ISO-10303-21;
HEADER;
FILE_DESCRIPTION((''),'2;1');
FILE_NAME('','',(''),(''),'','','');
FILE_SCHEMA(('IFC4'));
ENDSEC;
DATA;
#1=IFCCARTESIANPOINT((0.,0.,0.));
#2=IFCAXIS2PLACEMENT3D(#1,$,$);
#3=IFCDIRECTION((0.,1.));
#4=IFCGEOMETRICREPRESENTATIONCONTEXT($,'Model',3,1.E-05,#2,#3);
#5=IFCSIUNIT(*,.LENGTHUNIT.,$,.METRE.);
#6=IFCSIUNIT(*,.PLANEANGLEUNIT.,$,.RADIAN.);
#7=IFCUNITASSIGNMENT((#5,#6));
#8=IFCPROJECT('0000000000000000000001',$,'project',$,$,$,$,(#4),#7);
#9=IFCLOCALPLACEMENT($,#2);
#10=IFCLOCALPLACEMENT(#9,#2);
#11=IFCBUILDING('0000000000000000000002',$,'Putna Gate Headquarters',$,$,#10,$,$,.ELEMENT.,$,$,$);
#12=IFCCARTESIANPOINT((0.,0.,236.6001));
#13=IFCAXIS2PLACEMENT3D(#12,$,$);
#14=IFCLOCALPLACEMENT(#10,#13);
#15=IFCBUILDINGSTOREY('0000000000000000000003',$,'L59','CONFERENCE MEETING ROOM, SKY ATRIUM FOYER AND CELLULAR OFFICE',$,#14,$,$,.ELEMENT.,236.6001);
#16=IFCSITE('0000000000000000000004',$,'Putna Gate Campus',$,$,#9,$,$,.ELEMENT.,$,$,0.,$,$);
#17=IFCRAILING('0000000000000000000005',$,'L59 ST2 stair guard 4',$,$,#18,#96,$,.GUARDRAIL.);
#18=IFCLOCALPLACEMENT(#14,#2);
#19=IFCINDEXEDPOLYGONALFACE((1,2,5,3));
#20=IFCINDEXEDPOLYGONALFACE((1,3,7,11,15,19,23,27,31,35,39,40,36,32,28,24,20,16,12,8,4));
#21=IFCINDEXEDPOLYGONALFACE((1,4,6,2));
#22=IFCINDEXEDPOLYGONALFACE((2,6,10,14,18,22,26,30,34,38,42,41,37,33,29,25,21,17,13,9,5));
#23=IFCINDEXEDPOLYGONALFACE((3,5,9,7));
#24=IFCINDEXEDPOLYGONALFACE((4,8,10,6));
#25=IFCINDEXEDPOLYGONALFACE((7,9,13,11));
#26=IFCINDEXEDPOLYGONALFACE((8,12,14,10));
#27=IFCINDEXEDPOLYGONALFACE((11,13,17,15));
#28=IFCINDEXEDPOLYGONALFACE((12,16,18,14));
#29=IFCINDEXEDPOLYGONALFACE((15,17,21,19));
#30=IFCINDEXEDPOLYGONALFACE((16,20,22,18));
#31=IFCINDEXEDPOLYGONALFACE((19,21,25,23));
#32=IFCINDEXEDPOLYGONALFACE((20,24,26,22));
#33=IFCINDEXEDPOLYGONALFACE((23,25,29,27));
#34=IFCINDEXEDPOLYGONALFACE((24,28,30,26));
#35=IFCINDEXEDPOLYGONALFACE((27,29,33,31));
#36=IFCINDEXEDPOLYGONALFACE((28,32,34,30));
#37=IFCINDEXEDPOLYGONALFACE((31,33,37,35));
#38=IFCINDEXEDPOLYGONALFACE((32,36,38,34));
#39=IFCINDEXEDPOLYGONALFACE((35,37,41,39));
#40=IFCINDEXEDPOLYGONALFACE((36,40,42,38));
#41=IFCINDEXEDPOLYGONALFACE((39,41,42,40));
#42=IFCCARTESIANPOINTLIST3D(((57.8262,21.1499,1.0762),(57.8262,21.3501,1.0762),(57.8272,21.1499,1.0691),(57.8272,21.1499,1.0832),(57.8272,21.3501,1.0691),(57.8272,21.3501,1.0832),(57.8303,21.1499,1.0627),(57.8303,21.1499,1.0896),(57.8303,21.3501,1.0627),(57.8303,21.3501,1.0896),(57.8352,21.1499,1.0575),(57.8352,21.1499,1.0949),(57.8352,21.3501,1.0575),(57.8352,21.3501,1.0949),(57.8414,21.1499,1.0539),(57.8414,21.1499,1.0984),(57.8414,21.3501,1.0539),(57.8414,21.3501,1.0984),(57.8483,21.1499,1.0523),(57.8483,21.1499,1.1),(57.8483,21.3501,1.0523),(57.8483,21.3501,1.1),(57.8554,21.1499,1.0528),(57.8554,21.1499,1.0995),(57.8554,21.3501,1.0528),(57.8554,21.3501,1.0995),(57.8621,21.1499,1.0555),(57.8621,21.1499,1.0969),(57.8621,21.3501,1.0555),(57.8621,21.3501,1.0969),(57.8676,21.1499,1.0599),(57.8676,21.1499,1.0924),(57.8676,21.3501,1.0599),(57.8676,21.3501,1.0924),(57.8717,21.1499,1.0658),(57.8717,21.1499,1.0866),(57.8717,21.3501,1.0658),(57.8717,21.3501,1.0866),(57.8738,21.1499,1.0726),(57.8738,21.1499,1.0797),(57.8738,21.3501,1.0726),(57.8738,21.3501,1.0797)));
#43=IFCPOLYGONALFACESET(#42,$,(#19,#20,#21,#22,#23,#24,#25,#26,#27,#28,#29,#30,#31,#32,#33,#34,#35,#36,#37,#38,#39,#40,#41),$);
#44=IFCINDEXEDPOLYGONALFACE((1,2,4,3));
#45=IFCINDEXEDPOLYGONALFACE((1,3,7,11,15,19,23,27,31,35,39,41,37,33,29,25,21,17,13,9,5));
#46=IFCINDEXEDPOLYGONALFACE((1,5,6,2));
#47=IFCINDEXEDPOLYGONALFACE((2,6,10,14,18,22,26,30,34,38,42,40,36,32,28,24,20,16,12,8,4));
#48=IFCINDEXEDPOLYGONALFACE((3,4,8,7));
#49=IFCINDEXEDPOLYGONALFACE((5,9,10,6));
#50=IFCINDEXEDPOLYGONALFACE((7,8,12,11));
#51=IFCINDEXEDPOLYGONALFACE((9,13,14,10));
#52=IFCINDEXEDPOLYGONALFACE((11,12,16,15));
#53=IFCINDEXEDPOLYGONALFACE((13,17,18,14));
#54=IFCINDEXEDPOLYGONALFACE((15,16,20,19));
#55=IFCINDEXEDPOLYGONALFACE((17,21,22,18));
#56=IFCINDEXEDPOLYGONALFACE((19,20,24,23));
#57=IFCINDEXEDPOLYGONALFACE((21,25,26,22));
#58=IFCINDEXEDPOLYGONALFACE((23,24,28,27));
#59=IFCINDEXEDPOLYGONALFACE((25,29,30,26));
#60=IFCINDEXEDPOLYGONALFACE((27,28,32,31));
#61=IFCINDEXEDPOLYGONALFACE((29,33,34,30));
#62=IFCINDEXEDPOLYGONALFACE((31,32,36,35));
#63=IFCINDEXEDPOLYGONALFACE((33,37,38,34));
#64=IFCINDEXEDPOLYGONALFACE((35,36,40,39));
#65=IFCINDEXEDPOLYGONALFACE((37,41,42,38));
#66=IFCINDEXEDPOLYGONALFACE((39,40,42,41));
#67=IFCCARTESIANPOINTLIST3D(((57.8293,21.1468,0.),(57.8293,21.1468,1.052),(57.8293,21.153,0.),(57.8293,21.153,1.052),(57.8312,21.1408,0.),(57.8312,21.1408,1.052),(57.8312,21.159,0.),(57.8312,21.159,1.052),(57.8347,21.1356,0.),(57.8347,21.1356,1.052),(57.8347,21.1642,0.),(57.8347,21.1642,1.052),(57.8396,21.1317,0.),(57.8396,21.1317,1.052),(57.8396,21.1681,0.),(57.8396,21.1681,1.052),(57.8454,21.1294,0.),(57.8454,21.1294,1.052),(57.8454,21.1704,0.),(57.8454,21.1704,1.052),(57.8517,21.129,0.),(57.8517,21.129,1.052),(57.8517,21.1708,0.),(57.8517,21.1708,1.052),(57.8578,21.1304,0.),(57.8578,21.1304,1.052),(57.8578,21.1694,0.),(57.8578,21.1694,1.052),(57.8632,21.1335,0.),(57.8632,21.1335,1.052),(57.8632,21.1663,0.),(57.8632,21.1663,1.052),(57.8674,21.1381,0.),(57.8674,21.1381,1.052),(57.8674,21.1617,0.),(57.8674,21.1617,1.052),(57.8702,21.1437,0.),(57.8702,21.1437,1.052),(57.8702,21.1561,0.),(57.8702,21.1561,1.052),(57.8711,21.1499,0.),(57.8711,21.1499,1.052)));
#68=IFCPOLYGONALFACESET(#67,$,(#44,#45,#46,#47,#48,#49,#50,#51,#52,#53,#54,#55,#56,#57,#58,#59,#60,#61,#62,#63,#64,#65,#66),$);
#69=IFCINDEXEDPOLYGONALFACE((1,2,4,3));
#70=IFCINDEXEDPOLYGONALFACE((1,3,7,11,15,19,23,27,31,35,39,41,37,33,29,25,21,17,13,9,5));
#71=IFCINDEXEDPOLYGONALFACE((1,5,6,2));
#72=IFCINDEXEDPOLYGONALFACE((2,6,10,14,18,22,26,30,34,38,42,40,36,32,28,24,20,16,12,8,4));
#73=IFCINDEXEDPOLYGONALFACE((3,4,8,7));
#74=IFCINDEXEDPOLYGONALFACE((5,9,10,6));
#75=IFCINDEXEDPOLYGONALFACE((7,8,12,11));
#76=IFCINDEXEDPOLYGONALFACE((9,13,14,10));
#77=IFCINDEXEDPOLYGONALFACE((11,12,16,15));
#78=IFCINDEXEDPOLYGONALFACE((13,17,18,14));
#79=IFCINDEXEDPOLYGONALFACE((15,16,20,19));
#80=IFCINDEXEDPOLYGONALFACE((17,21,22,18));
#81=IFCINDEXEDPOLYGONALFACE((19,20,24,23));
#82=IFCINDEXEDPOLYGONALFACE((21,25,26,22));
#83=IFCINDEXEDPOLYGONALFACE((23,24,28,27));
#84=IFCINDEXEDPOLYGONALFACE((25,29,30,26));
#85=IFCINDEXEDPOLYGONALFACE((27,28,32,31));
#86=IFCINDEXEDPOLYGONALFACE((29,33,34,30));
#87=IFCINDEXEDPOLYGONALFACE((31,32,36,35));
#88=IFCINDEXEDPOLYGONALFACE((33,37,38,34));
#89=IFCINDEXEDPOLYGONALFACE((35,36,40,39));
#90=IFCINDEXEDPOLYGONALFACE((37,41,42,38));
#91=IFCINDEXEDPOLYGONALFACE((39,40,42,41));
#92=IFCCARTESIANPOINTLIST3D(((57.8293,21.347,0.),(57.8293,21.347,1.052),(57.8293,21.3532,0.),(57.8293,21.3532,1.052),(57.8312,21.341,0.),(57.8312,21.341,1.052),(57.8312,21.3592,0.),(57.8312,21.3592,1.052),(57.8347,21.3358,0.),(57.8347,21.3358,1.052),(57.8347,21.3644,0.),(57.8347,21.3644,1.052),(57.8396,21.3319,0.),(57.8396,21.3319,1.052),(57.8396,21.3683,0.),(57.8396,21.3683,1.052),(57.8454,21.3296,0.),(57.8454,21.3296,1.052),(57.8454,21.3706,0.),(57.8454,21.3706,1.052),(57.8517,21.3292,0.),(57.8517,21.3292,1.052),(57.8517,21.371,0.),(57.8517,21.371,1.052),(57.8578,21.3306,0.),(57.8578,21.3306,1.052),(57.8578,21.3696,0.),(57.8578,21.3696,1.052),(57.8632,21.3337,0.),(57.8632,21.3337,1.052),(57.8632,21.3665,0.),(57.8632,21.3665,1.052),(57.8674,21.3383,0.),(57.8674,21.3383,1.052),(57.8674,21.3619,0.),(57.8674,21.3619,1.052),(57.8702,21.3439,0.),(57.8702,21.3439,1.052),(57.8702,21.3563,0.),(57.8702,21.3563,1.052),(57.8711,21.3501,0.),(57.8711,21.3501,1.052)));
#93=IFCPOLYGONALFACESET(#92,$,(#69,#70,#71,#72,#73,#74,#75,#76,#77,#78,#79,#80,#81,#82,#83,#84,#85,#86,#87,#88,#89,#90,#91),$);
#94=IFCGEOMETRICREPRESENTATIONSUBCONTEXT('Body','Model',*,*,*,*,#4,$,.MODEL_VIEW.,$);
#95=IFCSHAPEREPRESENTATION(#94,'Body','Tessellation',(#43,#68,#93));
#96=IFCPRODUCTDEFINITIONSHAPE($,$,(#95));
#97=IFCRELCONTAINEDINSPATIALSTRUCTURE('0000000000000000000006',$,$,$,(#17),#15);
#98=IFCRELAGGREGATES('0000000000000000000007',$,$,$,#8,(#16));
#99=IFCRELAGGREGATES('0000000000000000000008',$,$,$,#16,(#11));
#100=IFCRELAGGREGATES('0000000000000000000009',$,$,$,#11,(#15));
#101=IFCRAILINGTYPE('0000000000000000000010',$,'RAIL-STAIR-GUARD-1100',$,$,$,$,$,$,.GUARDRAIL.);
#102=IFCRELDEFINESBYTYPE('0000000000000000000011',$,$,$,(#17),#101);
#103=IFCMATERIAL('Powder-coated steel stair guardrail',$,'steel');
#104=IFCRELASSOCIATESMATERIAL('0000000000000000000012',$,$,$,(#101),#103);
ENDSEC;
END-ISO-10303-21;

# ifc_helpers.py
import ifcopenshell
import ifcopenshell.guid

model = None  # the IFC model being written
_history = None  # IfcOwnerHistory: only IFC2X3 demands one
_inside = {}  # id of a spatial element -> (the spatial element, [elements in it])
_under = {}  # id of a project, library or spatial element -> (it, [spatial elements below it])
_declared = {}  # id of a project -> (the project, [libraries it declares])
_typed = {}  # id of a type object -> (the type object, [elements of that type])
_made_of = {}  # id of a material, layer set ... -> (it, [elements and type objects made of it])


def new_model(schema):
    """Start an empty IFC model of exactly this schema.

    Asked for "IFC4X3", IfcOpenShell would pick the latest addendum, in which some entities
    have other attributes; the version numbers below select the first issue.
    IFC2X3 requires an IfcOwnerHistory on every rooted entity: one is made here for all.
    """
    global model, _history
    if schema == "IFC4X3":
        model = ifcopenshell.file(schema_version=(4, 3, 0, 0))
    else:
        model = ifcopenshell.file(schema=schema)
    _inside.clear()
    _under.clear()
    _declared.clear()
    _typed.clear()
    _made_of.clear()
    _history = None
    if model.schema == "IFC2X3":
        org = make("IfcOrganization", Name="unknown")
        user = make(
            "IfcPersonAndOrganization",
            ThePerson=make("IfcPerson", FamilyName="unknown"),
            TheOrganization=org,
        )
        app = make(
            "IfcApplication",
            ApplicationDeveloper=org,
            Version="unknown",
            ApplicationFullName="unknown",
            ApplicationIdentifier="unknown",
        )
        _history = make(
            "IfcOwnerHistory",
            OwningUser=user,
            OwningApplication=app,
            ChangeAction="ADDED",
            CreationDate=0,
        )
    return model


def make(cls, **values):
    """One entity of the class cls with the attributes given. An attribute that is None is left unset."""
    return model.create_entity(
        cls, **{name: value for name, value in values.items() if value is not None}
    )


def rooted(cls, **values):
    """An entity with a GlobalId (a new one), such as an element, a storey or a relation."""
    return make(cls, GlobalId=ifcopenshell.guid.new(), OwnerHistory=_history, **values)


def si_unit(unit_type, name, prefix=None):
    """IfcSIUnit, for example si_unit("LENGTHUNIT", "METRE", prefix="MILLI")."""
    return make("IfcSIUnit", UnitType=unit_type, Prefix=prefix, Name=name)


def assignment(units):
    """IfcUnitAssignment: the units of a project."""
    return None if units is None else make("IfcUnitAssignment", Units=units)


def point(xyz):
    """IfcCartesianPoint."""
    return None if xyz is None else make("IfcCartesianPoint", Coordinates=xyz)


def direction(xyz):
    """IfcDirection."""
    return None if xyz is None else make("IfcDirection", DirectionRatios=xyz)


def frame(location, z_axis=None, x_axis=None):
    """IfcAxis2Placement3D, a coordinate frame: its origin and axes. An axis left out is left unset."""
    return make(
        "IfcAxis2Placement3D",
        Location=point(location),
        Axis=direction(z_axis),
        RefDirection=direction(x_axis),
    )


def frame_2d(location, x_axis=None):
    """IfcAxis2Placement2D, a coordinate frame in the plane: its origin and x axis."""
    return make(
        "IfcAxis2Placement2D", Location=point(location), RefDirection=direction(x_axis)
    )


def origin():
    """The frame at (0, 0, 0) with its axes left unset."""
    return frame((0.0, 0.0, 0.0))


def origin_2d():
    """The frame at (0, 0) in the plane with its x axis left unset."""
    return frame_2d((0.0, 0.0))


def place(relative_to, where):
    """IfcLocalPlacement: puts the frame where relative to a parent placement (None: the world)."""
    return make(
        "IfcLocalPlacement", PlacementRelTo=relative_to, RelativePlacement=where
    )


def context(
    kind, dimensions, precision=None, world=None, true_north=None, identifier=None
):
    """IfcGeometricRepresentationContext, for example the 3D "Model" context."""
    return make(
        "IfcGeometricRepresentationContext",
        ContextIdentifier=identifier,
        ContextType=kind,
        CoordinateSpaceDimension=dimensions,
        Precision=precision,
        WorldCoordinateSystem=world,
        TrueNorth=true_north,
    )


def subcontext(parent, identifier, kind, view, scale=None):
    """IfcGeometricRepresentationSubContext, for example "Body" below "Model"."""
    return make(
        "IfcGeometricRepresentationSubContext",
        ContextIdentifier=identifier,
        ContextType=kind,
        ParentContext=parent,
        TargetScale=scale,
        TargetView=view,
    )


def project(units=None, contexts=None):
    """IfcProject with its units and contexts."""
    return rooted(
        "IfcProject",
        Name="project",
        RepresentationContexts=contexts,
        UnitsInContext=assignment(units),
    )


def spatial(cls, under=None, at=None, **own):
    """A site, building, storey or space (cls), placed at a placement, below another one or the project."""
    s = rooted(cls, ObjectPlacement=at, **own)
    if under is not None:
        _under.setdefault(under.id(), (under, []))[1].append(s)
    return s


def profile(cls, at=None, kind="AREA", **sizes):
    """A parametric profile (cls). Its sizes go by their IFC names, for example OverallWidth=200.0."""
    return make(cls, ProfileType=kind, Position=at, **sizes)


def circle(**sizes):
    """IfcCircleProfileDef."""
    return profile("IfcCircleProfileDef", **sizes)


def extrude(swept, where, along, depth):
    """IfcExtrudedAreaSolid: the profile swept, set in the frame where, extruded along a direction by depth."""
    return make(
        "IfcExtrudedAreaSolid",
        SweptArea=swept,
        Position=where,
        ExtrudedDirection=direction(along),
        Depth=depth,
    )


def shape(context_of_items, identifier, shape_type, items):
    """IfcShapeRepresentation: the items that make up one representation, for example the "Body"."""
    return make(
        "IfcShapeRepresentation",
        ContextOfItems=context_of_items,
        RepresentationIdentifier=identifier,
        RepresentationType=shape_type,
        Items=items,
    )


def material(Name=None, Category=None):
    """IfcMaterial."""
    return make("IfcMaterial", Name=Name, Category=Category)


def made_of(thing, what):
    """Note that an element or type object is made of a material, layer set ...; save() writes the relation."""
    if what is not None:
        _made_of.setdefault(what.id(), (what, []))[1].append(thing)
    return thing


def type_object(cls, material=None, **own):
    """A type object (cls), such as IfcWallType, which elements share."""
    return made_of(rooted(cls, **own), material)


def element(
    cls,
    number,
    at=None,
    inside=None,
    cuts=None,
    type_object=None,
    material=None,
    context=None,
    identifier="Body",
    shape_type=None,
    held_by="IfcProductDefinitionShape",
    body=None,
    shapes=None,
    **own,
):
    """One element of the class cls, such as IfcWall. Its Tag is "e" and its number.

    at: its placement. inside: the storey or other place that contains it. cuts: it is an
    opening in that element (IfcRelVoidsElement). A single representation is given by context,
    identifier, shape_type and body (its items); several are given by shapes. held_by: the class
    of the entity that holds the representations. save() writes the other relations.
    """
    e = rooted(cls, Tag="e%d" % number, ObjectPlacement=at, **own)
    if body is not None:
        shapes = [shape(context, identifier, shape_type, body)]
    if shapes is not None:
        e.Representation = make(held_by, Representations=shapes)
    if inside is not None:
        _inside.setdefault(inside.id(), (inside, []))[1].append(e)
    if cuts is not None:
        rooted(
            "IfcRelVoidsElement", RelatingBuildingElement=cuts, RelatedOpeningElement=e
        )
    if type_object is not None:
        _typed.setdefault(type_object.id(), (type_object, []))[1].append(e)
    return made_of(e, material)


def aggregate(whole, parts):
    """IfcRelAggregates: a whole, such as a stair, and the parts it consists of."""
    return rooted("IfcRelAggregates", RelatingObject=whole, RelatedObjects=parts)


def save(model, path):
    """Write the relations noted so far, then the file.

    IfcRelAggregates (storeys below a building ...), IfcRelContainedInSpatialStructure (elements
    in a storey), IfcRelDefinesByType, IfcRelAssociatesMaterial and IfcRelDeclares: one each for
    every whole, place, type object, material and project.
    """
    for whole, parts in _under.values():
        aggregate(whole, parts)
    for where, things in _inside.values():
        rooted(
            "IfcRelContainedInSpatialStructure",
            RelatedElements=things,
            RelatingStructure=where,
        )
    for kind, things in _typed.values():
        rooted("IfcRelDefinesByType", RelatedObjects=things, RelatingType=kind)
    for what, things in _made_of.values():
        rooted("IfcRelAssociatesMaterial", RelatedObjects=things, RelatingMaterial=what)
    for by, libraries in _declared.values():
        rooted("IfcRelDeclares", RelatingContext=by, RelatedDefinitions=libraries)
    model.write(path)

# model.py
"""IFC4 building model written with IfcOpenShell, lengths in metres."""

from ifc_helpers import new_model, si_unit, direction, frame, origin, origin_2d, place, context, subcontext, project, spatial, circle, extrude, material, type_object, element, save


model = new_model("IFC4")

# Units and contexts
model_context = context("Model", 3, precision=1e-05, world=origin(), true_north=direction((0.0, 1.0)))
body_context = subcontext(model_context, "Body", "Model", "MODEL_VIEW")
ifc_project = project(units=[si_unit("LENGTHUNIT", "METRE"), si_unit("PLANEANGLEUNIT", "RADIAN")], contexts=[model_context])

# Site, building, storey
site_placement = place(None, origin())
site = spatial("IfcSite", under=ifc_project, at=site_placement, Name="Putna Gate Campus", CompositionType="ELEMENT", RefElevation=0.0)
building_placement = place(site_placement, origin())
building = spatial("IfcBuilding", under=site, at=building_placement, Name="Putna Gate Headquarters", CompositionType="ELEMENT")
storey_placement = place(building_placement, frame((0.0, 0.0, 236.6001)))
storey = spatial("IfcBuildingStorey", under=building, at=storey_placement, Name="L59", Description="CONFERENCE MEETING ROOM, SKY ATRIUM FOYER AND CELLULAR OFFICE", CompositionType="ELEMENT", Elevation=236.6001)

# Railing
ifc_material_1 = material(Name="Powder-coated steel stair guardrail", Category="steel")
railing_type_1 = type_object("IfcRailingType", Name="RAIL-STAIR-GUARD-1100", PredefinedType="GUARDRAIL", material=ifc_material_1)
railing_1_placement = place(storey_placement, frame((57.8501, 21.1499, 0.0)))
element("IfcRailing", 1, at=railing_1_placement, inside=storey, type_object=railing_type_1, Name="L59 ST2 stair guard 4", PredefinedType="GUARDRAIL", context=body_context, shape_type="SweptSolid", body=[
    extrude(circle(Radius=0.0239, at=origin_2d()), frame((0.0, 0.0, 1.0762), z_axis=(0.0, 1.0, 0.0), x_axis=(-1.0, 0.0, 0.0)), (0.0, 0.0, 1.0), 0.2002),
    extrude(circle(Radius=0.021, at=origin_2d()), origin(), (0.0, 0.0, 1.0), 1.052),
    extrude(circle(Radius=0.021, at=origin_2d()), frame((0.0, 0.2002, 0.0)), (0.0, 0.0, 1.0), 1.052),
])

save(model, "model.ifc")
